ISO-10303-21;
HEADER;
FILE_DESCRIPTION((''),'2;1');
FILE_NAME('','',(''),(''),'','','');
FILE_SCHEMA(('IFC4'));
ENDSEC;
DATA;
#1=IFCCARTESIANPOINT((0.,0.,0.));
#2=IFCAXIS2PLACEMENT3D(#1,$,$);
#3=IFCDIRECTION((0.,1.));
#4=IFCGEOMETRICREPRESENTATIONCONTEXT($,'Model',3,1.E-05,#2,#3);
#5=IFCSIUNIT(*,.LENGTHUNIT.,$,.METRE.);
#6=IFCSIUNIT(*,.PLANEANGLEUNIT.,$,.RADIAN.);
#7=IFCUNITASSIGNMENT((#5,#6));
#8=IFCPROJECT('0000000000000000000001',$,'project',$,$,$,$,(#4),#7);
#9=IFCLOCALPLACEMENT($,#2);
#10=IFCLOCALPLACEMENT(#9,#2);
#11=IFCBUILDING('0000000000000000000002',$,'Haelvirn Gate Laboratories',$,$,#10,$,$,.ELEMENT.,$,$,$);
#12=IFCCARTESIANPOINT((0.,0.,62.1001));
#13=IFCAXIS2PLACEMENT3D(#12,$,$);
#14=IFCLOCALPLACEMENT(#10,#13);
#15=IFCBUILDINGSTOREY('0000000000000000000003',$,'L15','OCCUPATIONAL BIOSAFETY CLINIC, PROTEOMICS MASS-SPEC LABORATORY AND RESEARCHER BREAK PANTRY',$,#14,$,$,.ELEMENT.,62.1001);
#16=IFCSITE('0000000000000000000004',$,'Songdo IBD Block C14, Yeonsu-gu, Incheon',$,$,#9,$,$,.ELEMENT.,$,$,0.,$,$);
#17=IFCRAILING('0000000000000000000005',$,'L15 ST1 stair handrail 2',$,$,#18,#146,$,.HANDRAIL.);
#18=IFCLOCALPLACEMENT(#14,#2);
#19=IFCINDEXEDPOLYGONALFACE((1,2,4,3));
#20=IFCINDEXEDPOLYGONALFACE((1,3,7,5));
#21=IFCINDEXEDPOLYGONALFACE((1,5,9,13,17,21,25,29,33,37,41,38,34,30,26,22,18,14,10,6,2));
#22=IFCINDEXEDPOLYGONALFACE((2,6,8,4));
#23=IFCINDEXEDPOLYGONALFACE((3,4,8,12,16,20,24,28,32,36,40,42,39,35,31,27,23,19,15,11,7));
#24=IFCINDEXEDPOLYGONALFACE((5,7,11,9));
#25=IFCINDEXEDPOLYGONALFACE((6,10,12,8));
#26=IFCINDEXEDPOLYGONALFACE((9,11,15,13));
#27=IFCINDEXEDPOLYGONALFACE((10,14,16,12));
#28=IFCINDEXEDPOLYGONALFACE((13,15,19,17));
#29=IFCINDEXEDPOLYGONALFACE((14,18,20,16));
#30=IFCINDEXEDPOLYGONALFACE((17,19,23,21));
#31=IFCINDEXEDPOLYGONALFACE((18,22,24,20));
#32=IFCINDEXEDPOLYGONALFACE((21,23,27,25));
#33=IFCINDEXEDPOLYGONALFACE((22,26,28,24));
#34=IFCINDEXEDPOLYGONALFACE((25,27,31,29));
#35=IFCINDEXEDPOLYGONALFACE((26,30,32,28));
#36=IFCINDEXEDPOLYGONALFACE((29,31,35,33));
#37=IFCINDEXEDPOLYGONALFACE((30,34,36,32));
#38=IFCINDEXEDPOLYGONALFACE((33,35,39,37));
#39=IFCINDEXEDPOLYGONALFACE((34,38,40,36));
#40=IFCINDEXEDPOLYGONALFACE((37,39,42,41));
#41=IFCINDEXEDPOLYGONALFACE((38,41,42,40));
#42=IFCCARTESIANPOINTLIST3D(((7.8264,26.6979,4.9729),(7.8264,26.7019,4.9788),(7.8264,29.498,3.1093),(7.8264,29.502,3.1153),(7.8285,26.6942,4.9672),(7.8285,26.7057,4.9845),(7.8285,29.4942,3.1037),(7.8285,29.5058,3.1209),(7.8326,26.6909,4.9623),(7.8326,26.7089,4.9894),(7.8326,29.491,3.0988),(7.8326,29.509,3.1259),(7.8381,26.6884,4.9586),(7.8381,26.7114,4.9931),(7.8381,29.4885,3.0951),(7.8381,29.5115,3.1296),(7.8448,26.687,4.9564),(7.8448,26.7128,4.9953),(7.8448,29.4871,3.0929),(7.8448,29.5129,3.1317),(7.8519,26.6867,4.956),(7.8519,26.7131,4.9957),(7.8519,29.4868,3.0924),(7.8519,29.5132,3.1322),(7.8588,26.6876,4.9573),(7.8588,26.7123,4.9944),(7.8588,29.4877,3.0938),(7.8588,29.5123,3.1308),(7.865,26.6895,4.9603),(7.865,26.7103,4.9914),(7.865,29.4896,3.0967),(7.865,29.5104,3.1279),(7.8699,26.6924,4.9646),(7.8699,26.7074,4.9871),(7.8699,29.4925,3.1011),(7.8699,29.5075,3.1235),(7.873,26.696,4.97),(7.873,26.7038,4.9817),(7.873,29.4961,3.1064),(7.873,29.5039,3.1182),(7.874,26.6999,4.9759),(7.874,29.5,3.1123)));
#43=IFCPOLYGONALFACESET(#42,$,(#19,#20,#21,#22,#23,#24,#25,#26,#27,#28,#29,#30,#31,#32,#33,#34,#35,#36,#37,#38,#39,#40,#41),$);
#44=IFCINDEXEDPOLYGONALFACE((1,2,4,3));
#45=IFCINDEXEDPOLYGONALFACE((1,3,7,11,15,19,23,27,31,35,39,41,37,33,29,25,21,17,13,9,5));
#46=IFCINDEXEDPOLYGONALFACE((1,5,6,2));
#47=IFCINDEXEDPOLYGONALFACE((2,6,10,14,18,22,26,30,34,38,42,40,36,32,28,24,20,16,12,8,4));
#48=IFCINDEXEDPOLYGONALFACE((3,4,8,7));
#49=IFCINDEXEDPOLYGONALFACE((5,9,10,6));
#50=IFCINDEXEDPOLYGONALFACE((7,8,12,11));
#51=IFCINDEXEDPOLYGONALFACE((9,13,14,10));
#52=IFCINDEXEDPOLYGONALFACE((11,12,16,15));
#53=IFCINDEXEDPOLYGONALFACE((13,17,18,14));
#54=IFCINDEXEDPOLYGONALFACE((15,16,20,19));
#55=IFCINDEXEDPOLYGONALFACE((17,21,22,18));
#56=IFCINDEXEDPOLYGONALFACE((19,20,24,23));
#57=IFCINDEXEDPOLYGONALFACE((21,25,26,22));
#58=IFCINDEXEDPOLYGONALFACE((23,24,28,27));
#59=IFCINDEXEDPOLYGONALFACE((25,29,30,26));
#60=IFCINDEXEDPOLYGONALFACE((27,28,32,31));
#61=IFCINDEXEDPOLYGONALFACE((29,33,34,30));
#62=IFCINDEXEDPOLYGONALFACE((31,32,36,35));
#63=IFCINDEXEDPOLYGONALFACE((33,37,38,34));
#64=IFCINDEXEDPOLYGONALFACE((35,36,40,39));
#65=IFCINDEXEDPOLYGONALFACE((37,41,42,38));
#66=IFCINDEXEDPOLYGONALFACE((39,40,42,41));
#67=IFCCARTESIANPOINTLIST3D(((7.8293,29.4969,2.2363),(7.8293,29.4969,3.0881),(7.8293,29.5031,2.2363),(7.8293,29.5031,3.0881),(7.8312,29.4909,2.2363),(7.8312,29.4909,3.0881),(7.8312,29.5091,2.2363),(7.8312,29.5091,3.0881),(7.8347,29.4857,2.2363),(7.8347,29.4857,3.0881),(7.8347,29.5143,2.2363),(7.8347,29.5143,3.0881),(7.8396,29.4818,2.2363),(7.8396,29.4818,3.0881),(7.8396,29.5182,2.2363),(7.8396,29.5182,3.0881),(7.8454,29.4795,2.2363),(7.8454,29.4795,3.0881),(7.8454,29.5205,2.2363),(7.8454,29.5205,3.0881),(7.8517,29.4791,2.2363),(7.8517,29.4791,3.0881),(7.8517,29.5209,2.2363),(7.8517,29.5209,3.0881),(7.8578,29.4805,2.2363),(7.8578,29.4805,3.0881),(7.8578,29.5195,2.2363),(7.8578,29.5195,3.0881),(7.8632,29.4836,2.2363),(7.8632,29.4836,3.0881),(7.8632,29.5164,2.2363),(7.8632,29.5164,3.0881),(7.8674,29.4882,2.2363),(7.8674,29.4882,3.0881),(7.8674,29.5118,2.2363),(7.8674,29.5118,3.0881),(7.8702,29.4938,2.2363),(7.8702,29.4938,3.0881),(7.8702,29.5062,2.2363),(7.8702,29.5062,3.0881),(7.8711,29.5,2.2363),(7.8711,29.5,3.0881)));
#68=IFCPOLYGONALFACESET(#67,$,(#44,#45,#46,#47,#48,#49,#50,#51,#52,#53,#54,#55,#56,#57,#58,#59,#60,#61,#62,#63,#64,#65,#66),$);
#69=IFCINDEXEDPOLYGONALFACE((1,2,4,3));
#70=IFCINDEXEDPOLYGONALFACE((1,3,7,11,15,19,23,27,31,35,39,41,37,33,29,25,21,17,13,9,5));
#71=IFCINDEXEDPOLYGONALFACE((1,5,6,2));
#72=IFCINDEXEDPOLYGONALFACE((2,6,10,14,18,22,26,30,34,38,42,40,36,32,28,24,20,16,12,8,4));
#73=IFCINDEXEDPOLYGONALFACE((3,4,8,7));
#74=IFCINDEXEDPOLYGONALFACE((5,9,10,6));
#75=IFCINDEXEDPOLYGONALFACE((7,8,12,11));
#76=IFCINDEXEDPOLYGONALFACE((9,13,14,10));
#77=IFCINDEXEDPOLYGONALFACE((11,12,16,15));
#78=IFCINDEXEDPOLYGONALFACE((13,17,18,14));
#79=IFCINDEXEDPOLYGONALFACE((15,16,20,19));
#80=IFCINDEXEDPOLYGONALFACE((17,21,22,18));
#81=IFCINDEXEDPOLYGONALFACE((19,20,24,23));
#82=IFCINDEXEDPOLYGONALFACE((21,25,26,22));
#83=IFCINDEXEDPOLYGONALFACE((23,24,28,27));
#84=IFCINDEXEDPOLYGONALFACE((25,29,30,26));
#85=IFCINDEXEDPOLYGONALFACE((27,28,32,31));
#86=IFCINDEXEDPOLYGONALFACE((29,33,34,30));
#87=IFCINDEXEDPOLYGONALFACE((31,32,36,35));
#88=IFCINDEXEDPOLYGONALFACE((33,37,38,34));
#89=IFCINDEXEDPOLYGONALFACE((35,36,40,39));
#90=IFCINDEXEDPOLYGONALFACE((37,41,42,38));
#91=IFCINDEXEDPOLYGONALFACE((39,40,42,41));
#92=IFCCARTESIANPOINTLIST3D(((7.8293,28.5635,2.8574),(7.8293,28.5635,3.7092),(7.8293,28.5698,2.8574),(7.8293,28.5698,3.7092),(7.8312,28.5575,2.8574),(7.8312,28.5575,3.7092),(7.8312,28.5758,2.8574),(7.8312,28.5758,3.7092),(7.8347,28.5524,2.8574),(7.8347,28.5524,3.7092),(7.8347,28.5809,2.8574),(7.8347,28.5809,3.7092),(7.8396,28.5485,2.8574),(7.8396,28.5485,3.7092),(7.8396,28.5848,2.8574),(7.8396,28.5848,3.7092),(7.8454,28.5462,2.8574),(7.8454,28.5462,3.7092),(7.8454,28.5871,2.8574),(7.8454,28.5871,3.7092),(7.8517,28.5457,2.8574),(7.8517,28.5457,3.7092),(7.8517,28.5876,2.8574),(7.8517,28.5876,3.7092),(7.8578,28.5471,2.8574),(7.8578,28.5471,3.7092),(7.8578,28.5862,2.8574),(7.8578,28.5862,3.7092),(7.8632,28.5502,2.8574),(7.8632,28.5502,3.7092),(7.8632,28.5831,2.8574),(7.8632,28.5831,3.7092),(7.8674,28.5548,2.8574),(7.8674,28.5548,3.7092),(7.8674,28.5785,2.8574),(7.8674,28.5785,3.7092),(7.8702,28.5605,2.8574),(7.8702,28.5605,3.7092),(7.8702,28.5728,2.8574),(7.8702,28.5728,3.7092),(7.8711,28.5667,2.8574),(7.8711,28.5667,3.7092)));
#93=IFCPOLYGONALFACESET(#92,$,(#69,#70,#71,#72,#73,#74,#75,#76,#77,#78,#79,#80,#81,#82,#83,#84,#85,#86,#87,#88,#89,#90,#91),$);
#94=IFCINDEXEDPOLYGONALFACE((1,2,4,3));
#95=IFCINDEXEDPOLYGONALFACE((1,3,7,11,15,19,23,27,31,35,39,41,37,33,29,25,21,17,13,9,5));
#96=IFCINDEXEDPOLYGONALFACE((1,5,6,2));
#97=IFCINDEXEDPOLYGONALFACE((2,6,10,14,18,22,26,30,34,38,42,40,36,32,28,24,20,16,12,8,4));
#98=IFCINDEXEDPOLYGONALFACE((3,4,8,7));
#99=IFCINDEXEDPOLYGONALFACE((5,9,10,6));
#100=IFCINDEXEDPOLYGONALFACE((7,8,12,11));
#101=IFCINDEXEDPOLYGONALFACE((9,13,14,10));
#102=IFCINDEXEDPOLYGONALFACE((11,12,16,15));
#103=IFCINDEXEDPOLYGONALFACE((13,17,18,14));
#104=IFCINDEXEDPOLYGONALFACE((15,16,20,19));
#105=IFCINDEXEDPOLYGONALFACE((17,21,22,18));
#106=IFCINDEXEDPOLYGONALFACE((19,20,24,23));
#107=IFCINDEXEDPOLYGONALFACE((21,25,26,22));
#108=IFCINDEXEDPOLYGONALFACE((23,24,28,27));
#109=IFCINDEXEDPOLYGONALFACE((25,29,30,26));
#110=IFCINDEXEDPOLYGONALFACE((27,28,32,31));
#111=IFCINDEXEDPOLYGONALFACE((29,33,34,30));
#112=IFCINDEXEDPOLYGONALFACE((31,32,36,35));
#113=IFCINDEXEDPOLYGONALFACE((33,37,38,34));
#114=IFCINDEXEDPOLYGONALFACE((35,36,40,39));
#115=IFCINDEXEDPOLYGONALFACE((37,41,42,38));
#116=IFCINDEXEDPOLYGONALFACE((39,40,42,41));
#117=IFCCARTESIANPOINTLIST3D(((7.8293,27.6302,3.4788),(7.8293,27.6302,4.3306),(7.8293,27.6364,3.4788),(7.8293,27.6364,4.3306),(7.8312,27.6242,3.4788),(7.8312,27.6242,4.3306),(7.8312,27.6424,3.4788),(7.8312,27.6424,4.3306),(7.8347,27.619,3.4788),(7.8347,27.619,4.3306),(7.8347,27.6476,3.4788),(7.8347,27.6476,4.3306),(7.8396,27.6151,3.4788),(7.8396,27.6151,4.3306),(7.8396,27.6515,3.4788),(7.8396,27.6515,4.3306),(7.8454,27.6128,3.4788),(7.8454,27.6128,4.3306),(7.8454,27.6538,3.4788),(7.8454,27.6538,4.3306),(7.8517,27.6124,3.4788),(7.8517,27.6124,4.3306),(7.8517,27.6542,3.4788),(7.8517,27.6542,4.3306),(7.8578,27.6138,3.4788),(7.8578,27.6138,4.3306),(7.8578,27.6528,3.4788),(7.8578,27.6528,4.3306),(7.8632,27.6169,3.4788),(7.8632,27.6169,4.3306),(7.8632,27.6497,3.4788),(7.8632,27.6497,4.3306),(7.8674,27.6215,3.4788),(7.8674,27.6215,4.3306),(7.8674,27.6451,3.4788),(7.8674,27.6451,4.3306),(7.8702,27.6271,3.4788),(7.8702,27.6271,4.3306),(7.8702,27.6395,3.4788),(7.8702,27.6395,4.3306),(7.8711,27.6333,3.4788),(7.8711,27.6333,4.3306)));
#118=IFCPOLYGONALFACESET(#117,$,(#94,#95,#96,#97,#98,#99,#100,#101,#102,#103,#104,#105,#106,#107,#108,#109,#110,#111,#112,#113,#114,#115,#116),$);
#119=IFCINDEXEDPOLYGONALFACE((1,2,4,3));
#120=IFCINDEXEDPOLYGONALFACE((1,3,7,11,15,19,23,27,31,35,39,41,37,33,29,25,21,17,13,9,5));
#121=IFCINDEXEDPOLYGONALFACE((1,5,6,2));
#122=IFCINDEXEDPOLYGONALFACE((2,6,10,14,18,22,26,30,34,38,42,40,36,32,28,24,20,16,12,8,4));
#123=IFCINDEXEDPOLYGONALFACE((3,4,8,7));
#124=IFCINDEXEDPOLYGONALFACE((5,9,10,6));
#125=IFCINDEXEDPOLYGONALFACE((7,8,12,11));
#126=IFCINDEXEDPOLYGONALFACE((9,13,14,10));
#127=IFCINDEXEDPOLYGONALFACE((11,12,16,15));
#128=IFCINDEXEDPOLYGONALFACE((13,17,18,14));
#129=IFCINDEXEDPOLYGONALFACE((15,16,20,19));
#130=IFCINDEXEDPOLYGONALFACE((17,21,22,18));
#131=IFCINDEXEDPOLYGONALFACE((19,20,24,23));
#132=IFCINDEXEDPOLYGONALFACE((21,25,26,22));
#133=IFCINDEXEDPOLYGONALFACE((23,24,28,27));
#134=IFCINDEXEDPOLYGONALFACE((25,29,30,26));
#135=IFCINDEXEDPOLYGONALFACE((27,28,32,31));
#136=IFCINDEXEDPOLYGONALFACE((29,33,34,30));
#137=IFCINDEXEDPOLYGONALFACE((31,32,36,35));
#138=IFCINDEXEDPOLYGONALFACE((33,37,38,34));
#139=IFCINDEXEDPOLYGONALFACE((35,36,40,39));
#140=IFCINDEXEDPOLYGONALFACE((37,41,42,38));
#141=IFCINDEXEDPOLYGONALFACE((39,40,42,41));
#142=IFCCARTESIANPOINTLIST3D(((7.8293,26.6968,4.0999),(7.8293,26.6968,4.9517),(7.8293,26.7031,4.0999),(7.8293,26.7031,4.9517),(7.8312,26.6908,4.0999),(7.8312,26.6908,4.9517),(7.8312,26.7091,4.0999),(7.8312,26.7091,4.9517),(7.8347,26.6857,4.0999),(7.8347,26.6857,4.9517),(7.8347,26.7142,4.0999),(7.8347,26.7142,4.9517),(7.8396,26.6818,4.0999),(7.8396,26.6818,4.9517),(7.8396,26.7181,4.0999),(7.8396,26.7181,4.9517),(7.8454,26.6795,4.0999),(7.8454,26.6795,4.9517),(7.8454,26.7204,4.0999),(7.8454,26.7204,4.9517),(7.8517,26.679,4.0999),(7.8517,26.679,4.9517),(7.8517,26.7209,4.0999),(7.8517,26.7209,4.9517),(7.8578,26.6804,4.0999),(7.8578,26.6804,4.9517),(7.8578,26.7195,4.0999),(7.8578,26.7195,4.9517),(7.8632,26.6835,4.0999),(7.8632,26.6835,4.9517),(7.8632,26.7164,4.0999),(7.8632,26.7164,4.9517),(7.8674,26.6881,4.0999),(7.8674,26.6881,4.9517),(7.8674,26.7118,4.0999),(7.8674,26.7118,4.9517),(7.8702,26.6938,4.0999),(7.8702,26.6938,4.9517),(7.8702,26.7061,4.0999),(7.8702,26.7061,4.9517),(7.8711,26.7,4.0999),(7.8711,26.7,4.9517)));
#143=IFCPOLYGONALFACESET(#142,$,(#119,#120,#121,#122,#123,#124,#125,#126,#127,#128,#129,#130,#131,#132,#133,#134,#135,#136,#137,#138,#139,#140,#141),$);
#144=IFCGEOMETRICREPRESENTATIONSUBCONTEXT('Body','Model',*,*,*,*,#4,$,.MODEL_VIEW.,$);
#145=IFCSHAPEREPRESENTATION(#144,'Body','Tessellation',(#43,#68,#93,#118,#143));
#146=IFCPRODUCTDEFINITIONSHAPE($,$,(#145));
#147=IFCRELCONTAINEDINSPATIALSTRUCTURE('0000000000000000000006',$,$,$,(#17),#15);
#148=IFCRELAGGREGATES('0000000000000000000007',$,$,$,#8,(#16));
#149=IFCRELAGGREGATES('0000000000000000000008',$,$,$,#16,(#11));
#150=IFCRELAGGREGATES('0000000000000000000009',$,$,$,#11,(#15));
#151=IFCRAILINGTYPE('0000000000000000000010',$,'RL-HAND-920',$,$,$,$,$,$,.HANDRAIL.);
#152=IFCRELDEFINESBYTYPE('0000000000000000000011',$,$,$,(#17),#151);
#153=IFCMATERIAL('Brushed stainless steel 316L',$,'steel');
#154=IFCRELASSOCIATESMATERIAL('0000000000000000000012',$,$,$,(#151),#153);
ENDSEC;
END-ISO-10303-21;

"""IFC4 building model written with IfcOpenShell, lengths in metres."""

from ifc_helpers import new_model, si_unit, direction, frame, origin, origin_2d, place, context, subcontext, project, spatial, circle, extrude, source, transform, mapped, material, type_object, type_shapes, element, save


model = new_model("IFC4")

# Units and contexts
model_context = context("Model", 3, precision=1e-05, world=origin(), true_north=direction((0.0, 1.0)))
body_context = subcontext(model_context, "Body", "Model", "MODEL_VIEW")
ifc_project = project(units=[si_unit("LENGTHUNIT", "METRE"), si_unit("PLANEANGLEUNIT", "RADIAN")], contexts=[model_context])

# Site, building, storey
site_placement = place(None, origin())
site = spatial("IfcSite", under=ifc_project, at=site_placement, Name="Songdo IBD Block C14, Yeonsu-gu, Incheon", CompositionType="ELEMENT", RefElevation=0.0)
building_placement = place(site_placement, origin())
building = spatial("IfcBuilding", under=site, at=building_placement, Name="Haelvirn Gate Laboratories", CompositionType="ELEMENT")
storey_placement = place(building_placement, frame((0.0, 0.0, 62.1001)))
storey = spatial("IfcBuildingStorey", under=building, at=storey_placement, Name="L15", Description="OCCUPATIONAL BIOSAFETY CLINIC, PROTEOMICS MASS-SPEC LABORATORY AND RESEARCHER BREAK PANTRY", CompositionType="ELEMENT", Elevation=62.1001)

# Railing
ifc_material_1 = material(Name="Brushed stainless steel 316L", Category="steel")
railing_type_1 = type_object("IfcRailingType", Name="RL-HAND-920", PredefinedType="HANDRAIL", material=ifc_material_1)
shared_shape_1 = source(origin(), body_context, "Body", "SweptSolid", [
    extrude(circle(Radius=0.0239, at=origin_2d()), frame((0.0, 0.0, 0.876), z_axis=(0.0, -0.832486, 0.554047), x_axis=(1.0, 0.0, 0.0)), (0.0, 0.0, 1.0), 3.3635),
    extrude(circle(Radius=0.021, at=origin_2d()), origin(), (0.0, 0.0, 1.0), 0.8518),
    extrude(circle(Radius=0.021, at=origin_2d()), frame((0.0, -0.9333, 0.6211)), (0.0, 0.0, 1.0), 0.8518),
    extrude(circle(Radius=0.021, at=origin_2d()), frame((0.0, -1.8667, 1.2424)), (0.0, 0.0, 1.0), 0.8518),
    extrude(circle(Radius=0.021, at=origin_2d()), frame((0.0, -2.8, 1.8635)), (0.0, 0.0, 1.0), 0.8518),
])
type_shapes(railing_type_1, [shared_shape_1])
railing_1_placement = place(storey_placement, frame((7.8501, 29.5, 2.2363)))
element("IfcRailing", 1, at=railing_1_placement, inside=storey, type_object=railing_type_1, Name="L15 ST1 stair handrail 2", PredefinedType="HANDRAIL", context=body_context, shape_type="MappedRepresentation", body=[
    mapped(shared_shape_1, transform((0.0, 0.0, 0.0), scale=1.0)),
])

save(model, "model.ifc")
